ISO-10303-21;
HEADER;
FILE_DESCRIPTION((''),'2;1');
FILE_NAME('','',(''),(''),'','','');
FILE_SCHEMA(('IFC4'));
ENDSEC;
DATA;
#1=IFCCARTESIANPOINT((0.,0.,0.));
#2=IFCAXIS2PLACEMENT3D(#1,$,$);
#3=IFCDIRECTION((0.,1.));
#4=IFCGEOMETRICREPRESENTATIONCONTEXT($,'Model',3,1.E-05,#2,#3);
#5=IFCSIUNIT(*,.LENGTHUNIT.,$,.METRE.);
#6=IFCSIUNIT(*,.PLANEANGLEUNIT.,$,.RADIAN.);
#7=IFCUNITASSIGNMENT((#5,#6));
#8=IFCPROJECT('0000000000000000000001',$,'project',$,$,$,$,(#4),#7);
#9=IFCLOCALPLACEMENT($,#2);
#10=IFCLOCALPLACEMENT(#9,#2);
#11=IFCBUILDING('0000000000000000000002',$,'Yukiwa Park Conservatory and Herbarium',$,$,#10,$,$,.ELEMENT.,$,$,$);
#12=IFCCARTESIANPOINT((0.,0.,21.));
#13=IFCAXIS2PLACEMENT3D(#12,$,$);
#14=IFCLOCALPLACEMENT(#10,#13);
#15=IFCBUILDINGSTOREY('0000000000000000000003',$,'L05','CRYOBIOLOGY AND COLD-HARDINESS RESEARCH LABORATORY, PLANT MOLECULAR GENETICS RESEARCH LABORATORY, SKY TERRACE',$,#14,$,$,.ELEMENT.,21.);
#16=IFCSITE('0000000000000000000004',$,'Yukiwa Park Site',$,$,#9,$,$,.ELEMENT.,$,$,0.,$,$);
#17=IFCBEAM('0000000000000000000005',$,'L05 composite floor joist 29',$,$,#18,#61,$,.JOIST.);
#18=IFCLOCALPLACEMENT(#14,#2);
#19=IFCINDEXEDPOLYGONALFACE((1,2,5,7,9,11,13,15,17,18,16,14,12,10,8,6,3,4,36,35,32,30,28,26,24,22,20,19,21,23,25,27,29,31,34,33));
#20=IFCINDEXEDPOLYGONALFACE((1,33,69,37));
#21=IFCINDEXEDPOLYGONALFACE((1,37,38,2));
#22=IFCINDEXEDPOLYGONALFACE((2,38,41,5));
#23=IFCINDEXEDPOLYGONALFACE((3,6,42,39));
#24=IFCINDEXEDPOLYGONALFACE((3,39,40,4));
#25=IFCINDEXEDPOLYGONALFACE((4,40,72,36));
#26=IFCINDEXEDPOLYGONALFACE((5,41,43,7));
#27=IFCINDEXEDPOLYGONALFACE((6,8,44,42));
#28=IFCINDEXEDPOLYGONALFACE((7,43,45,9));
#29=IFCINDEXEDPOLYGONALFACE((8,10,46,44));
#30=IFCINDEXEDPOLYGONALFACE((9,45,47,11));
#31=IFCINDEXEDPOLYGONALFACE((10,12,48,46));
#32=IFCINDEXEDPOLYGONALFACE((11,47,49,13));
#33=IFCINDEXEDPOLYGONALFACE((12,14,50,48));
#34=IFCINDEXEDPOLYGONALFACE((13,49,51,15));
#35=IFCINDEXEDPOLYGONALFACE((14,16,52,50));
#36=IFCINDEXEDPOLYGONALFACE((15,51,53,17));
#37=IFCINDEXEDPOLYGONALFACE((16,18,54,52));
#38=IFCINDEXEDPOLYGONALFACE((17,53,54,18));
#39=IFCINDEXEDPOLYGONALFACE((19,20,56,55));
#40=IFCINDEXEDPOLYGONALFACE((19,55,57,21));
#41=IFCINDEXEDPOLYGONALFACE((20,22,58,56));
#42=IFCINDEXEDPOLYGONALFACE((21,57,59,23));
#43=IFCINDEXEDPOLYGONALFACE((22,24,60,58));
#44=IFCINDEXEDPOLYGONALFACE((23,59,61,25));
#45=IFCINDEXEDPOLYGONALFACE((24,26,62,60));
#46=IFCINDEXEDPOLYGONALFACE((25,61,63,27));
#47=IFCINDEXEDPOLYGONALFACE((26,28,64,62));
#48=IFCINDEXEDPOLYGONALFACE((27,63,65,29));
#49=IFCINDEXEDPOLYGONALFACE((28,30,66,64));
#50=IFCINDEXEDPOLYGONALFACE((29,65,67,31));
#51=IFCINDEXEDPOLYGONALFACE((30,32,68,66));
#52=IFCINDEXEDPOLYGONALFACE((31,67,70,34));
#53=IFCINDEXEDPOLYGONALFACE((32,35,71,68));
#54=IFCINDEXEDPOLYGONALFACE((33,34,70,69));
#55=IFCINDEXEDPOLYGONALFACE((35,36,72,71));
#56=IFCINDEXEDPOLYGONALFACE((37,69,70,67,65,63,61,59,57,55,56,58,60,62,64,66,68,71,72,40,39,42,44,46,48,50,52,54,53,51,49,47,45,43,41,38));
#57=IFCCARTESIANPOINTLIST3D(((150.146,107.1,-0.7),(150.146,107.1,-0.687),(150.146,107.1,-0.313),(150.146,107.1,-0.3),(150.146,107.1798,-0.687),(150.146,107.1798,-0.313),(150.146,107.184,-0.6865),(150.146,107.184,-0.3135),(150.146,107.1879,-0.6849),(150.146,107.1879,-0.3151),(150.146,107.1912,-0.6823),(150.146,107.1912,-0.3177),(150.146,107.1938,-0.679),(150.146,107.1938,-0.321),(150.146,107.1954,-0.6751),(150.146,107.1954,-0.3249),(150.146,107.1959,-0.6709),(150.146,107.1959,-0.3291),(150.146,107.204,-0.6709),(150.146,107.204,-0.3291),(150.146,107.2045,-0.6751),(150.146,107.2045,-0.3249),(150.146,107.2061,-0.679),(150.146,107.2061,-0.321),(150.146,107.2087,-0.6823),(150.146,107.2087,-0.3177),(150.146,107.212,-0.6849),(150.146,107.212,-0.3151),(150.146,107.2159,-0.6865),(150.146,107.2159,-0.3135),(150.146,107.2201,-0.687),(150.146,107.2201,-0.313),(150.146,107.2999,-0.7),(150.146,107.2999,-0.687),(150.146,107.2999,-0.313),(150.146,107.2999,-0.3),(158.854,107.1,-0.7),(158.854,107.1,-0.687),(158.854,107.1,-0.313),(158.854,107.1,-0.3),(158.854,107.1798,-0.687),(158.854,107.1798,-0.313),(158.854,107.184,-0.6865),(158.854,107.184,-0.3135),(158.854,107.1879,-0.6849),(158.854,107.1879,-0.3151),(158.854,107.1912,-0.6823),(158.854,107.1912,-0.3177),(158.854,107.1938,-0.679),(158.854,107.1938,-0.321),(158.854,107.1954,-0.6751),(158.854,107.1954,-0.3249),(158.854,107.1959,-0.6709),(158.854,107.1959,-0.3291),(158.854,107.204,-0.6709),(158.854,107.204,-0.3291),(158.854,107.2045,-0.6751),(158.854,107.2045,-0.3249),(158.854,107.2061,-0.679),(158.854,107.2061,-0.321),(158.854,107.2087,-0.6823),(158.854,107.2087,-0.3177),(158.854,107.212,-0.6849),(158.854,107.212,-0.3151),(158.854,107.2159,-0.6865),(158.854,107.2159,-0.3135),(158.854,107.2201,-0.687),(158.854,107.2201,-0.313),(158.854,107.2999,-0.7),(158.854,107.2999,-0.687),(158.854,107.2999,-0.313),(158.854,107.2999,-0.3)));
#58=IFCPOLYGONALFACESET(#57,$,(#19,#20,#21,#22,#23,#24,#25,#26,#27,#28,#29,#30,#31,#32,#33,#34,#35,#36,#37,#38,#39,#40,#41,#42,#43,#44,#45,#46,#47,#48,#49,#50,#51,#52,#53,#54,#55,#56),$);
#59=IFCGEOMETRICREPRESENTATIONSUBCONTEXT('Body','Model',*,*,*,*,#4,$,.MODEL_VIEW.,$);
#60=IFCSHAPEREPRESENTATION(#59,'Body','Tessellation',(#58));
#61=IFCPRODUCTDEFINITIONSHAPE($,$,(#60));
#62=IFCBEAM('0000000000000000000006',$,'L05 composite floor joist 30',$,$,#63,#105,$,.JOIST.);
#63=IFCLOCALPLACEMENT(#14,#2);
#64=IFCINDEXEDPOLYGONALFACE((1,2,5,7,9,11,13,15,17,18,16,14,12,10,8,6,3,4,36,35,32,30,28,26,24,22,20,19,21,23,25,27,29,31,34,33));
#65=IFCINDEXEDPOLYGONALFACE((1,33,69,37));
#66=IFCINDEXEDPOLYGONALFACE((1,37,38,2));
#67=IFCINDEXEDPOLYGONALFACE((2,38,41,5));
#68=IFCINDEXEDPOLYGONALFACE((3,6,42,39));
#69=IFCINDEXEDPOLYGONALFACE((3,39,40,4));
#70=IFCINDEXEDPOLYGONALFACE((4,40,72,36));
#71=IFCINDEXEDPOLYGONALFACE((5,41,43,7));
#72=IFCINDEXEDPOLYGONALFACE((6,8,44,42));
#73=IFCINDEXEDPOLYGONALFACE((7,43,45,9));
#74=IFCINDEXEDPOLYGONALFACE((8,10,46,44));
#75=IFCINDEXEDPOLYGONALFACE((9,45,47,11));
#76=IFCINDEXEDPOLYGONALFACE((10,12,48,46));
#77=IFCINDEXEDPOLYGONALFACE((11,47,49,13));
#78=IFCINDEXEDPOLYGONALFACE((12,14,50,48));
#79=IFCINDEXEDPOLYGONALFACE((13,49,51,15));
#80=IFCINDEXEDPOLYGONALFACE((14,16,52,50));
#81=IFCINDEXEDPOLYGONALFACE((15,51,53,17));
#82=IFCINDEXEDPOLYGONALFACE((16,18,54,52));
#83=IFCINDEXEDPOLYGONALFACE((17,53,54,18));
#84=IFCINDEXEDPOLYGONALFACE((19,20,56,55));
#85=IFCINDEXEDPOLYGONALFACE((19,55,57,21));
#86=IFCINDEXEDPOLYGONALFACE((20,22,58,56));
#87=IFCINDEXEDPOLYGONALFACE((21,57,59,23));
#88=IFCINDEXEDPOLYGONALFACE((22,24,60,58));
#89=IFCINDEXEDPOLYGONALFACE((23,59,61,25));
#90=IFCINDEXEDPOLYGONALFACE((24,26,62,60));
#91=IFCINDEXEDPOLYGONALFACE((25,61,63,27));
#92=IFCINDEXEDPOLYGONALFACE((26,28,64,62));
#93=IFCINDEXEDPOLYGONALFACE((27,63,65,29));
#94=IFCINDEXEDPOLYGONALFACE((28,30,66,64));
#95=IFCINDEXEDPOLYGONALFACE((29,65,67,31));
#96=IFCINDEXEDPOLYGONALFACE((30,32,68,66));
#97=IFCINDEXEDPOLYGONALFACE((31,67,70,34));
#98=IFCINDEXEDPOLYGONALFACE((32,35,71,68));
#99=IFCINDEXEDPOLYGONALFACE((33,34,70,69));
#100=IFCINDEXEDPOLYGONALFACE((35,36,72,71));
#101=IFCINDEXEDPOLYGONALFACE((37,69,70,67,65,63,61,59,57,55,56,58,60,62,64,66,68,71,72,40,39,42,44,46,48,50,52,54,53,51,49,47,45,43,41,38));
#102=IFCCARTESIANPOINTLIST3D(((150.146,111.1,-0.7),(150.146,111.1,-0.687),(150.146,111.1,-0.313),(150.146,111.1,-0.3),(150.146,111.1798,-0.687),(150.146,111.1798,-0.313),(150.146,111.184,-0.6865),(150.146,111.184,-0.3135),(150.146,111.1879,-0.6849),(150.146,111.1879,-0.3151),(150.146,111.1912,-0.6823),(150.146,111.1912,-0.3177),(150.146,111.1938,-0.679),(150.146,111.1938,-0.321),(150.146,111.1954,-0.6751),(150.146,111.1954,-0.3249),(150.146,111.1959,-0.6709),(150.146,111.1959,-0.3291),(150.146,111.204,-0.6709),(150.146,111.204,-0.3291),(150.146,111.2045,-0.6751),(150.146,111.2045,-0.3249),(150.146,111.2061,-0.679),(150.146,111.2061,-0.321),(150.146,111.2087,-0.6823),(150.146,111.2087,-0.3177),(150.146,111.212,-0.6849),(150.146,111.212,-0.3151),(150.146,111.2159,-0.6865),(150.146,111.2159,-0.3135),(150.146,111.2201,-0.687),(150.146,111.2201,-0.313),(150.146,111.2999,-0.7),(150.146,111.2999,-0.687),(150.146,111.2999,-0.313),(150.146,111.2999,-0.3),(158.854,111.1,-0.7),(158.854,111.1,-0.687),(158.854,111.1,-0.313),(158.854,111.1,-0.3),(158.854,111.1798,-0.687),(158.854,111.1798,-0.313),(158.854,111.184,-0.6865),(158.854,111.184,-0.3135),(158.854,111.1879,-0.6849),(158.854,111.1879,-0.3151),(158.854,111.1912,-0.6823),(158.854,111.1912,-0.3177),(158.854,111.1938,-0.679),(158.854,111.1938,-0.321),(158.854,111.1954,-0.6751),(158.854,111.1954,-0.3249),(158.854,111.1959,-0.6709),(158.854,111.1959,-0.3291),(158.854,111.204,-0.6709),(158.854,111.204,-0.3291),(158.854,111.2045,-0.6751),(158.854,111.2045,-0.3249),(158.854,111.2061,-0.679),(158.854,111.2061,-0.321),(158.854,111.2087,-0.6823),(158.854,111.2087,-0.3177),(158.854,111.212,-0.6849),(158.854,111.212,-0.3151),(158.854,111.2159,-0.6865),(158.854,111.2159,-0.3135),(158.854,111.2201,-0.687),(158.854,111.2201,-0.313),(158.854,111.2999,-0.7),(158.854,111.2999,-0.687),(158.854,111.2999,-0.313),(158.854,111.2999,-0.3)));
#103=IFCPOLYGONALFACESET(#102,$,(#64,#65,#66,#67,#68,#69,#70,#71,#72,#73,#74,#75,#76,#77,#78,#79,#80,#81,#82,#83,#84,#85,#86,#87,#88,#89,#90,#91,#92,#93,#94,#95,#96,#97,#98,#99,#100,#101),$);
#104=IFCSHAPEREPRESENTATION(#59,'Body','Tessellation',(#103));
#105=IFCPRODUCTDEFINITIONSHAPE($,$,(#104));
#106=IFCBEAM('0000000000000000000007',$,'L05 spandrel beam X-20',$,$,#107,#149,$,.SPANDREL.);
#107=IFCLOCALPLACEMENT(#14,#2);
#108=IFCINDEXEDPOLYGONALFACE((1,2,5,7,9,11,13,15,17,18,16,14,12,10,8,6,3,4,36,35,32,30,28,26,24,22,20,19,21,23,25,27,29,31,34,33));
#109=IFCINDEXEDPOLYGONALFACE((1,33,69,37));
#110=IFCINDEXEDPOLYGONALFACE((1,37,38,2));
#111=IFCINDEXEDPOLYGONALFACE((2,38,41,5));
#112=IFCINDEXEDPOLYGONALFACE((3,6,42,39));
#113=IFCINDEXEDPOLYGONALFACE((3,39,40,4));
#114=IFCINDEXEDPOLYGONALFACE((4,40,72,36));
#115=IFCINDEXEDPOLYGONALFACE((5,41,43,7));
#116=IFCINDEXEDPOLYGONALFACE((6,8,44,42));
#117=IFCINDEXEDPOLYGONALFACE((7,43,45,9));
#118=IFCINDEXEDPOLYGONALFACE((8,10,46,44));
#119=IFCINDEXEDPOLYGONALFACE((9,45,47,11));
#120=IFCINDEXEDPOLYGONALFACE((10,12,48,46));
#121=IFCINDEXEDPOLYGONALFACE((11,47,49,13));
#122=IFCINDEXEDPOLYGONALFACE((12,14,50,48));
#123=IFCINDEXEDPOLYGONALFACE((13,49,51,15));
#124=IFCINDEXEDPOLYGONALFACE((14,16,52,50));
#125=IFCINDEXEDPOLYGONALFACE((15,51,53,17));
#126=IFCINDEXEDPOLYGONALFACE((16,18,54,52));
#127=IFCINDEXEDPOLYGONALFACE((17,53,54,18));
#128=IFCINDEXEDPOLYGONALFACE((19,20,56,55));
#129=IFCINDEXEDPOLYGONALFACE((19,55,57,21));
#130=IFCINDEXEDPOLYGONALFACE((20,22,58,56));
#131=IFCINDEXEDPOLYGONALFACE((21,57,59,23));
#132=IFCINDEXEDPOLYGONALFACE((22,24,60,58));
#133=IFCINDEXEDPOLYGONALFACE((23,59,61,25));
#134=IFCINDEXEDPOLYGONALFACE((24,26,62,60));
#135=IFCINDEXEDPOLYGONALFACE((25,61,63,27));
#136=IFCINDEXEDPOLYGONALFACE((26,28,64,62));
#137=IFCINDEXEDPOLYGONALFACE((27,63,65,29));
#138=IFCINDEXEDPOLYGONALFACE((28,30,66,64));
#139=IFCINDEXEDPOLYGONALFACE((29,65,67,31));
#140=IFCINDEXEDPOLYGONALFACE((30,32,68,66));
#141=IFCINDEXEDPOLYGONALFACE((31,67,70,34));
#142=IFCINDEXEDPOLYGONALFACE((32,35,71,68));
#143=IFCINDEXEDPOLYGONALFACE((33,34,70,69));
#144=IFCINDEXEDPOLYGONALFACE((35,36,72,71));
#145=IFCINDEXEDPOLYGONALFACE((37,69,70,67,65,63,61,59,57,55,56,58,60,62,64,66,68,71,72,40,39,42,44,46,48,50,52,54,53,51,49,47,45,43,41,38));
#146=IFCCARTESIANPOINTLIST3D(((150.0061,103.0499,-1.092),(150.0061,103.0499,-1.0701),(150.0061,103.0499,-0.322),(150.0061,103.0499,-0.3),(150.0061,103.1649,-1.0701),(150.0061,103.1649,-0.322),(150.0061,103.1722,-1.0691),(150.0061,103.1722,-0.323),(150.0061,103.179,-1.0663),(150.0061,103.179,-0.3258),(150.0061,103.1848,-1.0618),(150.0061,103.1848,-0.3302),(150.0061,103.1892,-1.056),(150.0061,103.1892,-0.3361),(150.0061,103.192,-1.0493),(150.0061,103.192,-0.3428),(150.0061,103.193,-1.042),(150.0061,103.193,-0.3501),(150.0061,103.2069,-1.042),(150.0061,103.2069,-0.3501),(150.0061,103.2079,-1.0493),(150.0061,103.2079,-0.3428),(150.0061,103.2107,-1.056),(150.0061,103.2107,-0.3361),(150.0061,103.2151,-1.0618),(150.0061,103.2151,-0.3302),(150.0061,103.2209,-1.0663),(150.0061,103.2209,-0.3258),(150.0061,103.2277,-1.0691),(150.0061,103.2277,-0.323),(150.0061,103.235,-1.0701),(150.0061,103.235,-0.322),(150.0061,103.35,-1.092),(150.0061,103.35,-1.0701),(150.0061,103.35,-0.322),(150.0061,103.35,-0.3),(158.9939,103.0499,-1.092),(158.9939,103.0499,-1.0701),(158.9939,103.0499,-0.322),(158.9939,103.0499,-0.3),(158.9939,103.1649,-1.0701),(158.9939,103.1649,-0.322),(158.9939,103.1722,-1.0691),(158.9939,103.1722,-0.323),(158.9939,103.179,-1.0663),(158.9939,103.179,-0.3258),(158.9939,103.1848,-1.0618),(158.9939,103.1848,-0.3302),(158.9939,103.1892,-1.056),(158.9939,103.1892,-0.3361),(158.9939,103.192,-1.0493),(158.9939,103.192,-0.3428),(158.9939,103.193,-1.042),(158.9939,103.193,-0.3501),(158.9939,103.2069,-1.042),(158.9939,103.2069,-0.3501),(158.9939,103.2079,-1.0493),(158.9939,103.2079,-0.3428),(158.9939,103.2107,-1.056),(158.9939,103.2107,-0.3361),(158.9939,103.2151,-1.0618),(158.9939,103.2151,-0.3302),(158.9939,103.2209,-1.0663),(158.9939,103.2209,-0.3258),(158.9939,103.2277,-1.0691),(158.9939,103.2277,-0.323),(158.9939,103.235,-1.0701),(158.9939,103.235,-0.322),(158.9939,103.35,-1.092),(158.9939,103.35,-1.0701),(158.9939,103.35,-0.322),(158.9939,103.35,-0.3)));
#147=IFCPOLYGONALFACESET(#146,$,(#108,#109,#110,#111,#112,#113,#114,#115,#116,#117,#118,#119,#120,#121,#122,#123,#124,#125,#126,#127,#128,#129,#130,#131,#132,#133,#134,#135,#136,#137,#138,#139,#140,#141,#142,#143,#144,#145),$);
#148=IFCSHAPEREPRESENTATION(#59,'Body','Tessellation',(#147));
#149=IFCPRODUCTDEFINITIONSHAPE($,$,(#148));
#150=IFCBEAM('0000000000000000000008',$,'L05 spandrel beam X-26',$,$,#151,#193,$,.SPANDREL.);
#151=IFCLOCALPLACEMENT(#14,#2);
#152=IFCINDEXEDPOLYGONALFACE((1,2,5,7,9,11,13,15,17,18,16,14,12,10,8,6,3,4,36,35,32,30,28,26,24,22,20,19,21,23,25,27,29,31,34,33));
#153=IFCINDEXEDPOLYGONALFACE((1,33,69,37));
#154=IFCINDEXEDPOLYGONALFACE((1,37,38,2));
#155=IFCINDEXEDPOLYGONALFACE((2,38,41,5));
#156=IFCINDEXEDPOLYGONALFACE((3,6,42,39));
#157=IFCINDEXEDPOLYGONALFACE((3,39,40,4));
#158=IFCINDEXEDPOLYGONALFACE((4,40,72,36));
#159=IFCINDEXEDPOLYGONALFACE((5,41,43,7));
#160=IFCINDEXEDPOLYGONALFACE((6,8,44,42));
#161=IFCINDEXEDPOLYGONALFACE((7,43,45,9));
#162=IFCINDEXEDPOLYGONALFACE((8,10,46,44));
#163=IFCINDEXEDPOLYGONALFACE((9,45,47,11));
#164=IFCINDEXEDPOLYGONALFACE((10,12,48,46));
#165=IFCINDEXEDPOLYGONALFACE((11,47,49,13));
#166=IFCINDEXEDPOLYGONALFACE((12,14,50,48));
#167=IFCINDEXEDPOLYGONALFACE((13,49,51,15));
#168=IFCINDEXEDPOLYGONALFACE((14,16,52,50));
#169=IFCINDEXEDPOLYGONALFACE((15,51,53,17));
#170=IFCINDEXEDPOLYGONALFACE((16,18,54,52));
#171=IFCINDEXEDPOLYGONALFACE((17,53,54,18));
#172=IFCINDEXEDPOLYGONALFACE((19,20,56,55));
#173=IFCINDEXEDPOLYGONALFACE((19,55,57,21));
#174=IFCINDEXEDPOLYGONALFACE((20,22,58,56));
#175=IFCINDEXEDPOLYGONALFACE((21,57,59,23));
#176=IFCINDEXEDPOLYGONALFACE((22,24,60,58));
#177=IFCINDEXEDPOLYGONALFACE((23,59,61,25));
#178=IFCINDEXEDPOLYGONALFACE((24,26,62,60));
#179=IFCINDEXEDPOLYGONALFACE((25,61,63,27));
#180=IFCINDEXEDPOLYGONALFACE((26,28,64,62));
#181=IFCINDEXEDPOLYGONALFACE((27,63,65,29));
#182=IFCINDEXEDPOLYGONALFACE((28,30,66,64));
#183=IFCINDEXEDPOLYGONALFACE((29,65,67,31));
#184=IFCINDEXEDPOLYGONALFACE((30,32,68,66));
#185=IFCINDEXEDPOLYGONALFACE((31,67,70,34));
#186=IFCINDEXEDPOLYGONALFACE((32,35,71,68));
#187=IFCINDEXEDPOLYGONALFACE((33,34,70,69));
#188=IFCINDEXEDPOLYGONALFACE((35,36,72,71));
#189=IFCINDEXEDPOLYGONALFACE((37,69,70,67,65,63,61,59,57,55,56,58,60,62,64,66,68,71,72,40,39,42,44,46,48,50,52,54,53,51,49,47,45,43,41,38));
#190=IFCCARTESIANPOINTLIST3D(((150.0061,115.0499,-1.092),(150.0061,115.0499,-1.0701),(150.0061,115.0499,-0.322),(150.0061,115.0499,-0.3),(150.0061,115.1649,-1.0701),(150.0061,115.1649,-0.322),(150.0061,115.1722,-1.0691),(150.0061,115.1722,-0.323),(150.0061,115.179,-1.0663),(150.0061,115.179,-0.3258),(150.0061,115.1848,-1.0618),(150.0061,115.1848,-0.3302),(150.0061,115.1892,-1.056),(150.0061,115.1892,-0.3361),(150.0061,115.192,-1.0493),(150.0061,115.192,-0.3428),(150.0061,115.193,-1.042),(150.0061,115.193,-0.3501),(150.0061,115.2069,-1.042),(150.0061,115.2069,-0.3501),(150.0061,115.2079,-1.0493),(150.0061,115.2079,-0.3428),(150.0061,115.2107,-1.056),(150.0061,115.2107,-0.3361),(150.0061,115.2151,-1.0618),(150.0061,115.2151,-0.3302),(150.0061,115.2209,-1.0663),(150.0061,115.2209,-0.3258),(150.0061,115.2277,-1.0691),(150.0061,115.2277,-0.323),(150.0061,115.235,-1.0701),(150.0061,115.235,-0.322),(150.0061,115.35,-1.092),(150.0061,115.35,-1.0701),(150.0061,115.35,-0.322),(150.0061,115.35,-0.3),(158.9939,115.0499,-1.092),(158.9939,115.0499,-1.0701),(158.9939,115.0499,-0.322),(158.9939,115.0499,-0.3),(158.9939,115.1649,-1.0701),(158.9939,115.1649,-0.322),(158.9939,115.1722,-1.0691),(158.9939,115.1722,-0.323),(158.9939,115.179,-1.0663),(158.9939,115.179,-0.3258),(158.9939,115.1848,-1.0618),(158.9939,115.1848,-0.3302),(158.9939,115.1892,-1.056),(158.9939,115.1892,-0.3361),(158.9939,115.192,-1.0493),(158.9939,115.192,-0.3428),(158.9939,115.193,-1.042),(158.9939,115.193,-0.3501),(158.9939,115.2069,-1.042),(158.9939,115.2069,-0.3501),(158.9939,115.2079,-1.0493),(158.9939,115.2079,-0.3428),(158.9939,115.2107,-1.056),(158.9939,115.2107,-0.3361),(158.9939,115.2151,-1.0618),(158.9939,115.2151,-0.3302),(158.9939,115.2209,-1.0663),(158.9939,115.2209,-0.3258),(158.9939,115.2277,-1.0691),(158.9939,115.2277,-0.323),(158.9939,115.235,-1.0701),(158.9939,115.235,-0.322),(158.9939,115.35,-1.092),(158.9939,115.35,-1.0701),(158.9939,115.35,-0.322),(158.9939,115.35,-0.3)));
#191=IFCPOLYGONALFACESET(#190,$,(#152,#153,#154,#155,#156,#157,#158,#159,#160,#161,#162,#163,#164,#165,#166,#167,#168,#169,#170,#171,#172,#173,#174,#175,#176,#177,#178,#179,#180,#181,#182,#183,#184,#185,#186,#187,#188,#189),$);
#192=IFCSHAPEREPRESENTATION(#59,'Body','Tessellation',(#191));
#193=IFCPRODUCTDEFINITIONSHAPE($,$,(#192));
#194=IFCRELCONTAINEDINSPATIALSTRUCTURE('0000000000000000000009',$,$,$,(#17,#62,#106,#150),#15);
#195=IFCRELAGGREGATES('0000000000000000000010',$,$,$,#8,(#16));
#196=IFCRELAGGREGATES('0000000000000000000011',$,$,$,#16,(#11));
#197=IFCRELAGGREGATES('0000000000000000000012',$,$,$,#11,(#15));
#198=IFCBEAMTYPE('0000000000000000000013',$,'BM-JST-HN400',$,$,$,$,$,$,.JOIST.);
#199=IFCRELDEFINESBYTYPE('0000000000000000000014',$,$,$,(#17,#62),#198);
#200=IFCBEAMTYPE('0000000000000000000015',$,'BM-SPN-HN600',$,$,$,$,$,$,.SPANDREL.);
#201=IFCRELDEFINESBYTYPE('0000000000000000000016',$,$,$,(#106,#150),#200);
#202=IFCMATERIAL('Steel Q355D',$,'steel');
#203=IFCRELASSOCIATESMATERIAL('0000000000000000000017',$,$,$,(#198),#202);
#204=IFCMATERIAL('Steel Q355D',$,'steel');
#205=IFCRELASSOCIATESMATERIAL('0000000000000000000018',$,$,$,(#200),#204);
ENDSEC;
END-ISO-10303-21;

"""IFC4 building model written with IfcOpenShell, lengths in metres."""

from ifc_helpers import new_model, si_unit, direction, frame, origin, origin_2d, place, context, subcontext, project, spatial, i_section, extrude, material, material_profile, profile_set, type_object, element, save


model = new_model("IFC4")

# Units and contexts
model_context = context("Model", 3, precision=1e-05, world=origin(), true_north=direction((0.0, 1.0)))
body_context = subcontext(model_context, "Body", "Model", "MODEL_VIEW")
ifc_project = project(units=[si_unit("LENGTHUNIT", "METRE"), si_unit("PLANEANGLEUNIT", "RADIAN")], contexts=[model_context])

# Site, building, storey
site_placement = place(None, origin())
site = spatial("IfcSite", under=ifc_project, at=site_placement, Name="Yukiwa Park Site", CompositionType="ELEMENT", RefElevation=0.0)
building_placement = place(site_placement, origin())
building = spatial("IfcBuilding", under=site, at=building_placement, Name="Yukiwa Park Conservatory and Herbarium", CompositionType="ELEMENT")
storey_placement = place(building_placement, frame((0.0, 0.0, 21.0)))
storey = spatial("IfcBuildingStorey", under=building, at=storey_placement, Name="L05", Description="CRYOBIOLOGY AND COLD-HARDINESS RESEARCH LABORATORY, PLANT MOLECULAR GENETICS RESEARCH LABORATORY, SKY TERRACE", CompositionType="ELEMENT", Elevation=21.0)

# Beams
ifc_material_1 = material(Name="Steel Q355D", Category="steel")
ifc_material_profile_1 = material_profile(ifc_material_1, i_section(OverallWidth=0.2, OverallDepth=0.3999, WebThickness=0.0081, FlangeThickness=0.0129, FilletRadius=0.0161, at=origin_2d()), Name="HN 400x200x8x13")
ifc_profile_set_1 = profile_set([ifc_material_profile_1], Name="Steel Q355D")
beam_type_1 = type_object("IfcBeamType", Name="BM-JST-HN400", PredefinedType="JOIST", material=ifc_profile_set_1)
for number, where, z_axis, x_axis, name in (
    (1, (150.146, 107.2, -0.5), (1.0, 0.0, 0.0), (0.0, 1.0, 0.0), "L05 composite floor joist 29"),
    (2, (150.146, 111.2, -0.5), (1.0, 0.0, 0.0), (0.0, 1.0, 0.0), "L05 composite floor joist 30"),
):
    element("IfcBeam", number, at=place(storey_placement, frame(where, z_axis=z_axis, x_axis=x_axis)), inside=storey, type_object=beam_type_1, Name=name, PredefinedType="JOIST", context=body_context, shape_type="SweptSolid", body=[
        extrude(i_section(OverallWidth=0.2, OverallDepth=0.3999, WebThickness=0.0081, FlangeThickness=0.0129, FilletRadius=0.0161, at=origin_2d()), origin(), (0.0, 0.0, 1.0), 8.708),
    ])
ifc_material_2 = material(Name="Steel Q355D", Category="steel")
ifc_material_profile_2 = material_profile(ifc_material_2, i_section(OverallWidth=0.3, OverallDepth=0.792, WebThickness=0.0139, FlangeThickness=0.022, FilletRadius=0.0281, at=origin_2d()), Name="HN 792x300x14x22")
ifc_profile_set_2 = profile_set([ifc_material_profile_2], Name="Steel Q355D")
beam_type_2 = type_object("IfcBeamType", Name="BM-SPN-HN600", PredefinedType="SPANDREL", material=ifc_profile_set_2)
for number, where, z_axis, x_axis, name in (
    (3, (150.0061, 103.2, -0.696), (1.0, 0.0, 0.0), (0.0, 1.0, 0.0), "L05 spandrel beam X-20"),
    (4, (150.0061, 115.2, -0.696), (1.0, 0.0, 0.0), (0.0, 1.0, 0.0), "L05 spandrel beam X-26"),
):
    element("IfcBeam", number, at=place(storey_placement, frame(where, z_axis=z_axis, x_axis=x_axis)), inside=storey, type_object=beam_type_2, Name=name, PredefinedType="SPANDREL", context=body_context, shape_type="SweptSolid", body=[
        extrude(i_section(OverallWidth=0.3, OverallDepth=0.792, WebThickness=0.0139, FlangeThickness=0.022, FilletRadius=0.0281, at=origin_2d()), origin(), (0.0, 0.0, 1.0), 8.9878),
    ])

save(model, "model.ifc")
